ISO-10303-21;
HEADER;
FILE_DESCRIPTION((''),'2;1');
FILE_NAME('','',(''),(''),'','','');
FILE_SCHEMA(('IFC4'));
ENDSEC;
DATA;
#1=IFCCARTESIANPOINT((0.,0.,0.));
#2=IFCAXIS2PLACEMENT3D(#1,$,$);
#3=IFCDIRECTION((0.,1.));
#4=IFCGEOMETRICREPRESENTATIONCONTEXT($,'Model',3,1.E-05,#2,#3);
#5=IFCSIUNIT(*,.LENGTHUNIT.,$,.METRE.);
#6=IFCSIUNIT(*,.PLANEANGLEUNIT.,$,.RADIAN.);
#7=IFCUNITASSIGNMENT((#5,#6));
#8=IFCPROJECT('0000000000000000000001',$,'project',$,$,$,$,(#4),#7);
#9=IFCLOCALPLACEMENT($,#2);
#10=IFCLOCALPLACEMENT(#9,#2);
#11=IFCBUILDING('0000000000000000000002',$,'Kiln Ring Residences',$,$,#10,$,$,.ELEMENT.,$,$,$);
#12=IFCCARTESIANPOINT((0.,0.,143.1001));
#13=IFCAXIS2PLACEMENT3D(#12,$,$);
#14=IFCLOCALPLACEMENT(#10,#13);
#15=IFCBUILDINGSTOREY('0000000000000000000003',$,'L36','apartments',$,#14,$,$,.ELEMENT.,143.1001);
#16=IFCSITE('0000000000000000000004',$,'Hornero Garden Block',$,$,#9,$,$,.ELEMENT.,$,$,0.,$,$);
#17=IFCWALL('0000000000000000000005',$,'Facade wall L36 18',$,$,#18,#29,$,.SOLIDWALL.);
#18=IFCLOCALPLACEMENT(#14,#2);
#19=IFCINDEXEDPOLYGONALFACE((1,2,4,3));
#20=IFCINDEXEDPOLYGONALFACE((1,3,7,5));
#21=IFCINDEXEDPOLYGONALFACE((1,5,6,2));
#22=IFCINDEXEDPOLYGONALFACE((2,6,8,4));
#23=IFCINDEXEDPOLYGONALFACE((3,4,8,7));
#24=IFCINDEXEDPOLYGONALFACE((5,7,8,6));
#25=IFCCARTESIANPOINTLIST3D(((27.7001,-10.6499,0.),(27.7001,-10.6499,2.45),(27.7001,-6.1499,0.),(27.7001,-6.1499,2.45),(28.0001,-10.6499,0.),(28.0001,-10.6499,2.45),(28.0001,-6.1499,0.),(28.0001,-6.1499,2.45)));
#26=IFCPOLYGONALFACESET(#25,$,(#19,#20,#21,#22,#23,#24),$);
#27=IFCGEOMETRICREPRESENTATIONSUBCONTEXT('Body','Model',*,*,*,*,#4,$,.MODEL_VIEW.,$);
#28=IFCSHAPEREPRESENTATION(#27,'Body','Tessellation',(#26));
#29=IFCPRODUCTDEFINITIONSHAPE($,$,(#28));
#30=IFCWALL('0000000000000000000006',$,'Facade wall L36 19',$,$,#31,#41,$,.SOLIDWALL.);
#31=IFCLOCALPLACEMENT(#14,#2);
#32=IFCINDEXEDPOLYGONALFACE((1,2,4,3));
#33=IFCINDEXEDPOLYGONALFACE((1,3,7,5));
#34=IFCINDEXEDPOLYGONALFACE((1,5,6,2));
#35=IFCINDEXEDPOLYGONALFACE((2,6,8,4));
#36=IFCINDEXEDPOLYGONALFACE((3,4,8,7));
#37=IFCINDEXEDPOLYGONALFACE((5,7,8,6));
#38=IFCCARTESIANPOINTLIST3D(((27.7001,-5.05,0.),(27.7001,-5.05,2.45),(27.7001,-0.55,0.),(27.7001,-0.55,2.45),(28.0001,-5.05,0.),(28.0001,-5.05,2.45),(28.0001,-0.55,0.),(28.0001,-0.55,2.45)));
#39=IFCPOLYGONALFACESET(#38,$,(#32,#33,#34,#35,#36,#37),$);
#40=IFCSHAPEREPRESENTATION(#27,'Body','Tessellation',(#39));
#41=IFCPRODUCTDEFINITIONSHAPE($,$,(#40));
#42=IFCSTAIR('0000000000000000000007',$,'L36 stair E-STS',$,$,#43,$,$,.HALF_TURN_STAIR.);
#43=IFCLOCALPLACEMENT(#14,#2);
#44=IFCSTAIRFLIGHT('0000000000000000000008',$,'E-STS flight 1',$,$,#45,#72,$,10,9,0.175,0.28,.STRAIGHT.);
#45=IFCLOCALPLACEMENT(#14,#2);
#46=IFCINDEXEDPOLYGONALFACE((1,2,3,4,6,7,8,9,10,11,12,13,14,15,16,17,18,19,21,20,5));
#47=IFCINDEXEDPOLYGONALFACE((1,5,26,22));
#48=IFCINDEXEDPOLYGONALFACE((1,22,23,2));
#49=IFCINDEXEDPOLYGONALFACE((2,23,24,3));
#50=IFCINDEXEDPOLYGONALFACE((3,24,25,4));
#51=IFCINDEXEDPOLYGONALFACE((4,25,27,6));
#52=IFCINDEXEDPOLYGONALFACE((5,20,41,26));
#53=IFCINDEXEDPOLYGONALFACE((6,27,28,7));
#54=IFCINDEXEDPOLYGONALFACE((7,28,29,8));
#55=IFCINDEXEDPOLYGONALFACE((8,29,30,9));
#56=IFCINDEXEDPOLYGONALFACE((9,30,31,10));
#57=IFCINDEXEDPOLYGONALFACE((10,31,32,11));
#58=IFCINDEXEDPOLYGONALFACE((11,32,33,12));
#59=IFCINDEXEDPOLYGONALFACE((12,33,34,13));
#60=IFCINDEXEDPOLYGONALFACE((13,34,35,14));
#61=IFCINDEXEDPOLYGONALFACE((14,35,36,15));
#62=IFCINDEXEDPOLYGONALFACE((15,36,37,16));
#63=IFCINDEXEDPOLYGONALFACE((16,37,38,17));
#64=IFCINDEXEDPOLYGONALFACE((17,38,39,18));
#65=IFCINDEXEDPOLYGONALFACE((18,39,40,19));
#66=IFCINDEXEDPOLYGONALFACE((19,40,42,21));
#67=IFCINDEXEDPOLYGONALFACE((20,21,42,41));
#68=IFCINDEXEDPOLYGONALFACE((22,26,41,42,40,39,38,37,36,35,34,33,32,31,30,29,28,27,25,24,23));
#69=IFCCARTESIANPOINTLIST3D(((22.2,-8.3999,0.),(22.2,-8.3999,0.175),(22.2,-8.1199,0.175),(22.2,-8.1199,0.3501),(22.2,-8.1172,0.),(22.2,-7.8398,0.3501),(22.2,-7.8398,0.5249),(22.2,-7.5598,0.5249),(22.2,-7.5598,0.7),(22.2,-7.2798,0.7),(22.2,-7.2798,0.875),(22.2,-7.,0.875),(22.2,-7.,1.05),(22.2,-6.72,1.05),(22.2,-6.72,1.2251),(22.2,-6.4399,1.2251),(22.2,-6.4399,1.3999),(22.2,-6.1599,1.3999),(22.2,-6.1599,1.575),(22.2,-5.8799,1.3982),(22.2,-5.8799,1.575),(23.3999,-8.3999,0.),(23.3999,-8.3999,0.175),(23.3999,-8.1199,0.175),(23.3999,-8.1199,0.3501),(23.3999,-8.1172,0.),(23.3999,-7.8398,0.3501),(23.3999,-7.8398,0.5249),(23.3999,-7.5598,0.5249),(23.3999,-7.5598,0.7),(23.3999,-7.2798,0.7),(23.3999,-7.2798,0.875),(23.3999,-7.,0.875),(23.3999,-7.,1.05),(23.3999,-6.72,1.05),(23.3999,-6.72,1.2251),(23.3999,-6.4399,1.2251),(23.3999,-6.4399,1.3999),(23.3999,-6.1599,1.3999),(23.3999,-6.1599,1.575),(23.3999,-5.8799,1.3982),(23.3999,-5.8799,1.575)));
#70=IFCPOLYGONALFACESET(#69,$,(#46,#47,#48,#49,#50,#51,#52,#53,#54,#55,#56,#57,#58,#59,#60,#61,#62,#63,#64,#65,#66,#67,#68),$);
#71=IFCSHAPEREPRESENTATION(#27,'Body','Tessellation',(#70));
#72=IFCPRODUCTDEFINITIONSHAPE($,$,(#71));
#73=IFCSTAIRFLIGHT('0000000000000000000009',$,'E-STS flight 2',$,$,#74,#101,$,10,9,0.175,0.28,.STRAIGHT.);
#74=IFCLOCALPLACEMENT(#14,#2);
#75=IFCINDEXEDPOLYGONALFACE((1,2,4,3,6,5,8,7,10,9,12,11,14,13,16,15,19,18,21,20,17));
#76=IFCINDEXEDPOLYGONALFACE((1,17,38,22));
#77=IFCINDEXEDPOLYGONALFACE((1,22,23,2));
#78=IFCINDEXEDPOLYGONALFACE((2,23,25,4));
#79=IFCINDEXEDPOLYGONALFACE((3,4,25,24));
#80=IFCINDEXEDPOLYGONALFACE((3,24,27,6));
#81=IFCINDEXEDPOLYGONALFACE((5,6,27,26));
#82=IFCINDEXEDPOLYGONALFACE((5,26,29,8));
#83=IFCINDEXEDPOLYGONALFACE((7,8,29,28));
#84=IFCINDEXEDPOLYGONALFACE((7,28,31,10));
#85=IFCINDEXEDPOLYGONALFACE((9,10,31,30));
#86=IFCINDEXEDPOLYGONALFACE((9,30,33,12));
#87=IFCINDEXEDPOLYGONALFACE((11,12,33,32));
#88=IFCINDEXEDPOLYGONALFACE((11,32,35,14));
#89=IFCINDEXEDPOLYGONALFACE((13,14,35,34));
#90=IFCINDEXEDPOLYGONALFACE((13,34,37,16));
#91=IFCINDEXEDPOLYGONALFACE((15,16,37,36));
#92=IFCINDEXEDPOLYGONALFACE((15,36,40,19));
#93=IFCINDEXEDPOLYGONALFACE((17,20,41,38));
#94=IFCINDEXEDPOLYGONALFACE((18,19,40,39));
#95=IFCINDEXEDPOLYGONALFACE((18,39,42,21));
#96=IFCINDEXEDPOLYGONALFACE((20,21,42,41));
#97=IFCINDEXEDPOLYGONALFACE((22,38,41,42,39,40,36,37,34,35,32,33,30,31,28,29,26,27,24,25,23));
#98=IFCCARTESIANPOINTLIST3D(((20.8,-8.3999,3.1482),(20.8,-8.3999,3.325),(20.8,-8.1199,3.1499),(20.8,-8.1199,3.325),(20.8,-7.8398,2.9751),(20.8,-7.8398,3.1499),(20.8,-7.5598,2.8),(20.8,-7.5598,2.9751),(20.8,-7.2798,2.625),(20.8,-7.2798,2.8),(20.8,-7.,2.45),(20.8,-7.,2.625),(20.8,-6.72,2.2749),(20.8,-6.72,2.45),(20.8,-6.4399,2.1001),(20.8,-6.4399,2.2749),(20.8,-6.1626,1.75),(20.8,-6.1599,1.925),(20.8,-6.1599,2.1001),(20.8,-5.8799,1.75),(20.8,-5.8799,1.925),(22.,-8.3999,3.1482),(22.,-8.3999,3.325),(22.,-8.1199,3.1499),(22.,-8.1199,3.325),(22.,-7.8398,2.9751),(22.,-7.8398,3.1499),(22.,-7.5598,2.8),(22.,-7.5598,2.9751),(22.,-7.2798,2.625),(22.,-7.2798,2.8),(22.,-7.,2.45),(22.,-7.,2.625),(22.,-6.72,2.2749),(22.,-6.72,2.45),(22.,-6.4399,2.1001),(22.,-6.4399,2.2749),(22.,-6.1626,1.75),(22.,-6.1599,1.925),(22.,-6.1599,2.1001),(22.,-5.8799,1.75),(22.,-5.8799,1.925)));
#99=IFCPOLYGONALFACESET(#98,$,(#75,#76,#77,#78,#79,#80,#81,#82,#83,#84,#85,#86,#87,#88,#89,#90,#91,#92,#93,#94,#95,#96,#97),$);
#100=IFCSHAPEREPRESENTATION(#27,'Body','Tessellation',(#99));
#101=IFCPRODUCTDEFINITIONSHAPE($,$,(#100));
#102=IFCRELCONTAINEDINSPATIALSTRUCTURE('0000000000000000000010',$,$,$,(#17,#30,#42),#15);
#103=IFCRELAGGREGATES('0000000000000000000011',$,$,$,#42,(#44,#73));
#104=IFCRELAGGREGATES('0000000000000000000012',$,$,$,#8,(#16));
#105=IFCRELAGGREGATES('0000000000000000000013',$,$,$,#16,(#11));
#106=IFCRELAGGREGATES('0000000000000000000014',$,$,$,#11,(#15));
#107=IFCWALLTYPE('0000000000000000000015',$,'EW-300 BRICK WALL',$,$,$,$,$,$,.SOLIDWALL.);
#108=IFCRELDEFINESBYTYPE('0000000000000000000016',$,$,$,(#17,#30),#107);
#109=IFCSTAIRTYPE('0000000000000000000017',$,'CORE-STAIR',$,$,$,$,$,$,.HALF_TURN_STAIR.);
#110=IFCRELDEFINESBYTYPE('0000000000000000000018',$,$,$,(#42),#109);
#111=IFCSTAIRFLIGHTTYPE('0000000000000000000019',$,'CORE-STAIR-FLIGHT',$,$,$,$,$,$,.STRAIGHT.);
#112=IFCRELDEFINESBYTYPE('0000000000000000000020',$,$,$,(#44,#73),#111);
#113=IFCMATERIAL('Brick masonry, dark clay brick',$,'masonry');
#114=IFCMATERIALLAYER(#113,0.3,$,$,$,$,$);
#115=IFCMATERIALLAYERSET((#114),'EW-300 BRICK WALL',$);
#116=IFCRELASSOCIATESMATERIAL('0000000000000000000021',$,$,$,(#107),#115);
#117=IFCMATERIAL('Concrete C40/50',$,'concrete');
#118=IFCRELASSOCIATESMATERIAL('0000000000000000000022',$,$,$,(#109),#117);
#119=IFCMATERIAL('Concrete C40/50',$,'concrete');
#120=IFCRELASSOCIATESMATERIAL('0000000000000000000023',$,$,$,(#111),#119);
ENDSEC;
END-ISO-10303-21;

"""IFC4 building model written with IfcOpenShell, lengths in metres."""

from ifc_helpers import new_model, si_unit, direction, frame, frame_2d, origin, place, context, subcontext, project, spatial, polyline, rectangle, outline, extrude, material, layer, layer_set, type_object, element, aggregate, save


model = new_model("IFC4")

# Units and contexts
model_context = context("Model", 3, precision=1e-05, world=origin(), true_north=direction((0.0, 1.0)))
body_context = subcontext(model_context, "Body", "Model", "MODEL_VIEW")
ifc_project = project(units=[si_unit("LENGTHUNIT", "METRE"), si_unit("PLANEANGLEUNIT", "RADIAN")], contexts=[model_context])

# Site, building, storey
site_placement = place(None, origin())
site = spatial("IfcSite", under=ifc_project, at=site_placement, Name="Hornero Garden Block", CompositionType="ELEMENT", RefElevation=0.0)
building_placement = place(site_placement, origin())
building = spatial("IfcBuilding", under=site, at=building_placement, Name="Kiln Ring Residences", CompositionType="ELEMENT")
storey_placement = place(building_placement, frame((0.0, 0.0, 143.1001)))
storey = spatial("IfcBuildingStorey", under=building, at=storey_placement, Name="L36", Description="apartments", CompositionType="ELEMENT", Elevation=143.1001)

# Walls
ifc_material_1 = material(Name="Brick masonry, dark clay brick", Category="masonry")
ifc_layer_1 = layer(ifc_material_1, 0.3)
ifc_layer_set_1 = layer_set([ifc_layer_1], Name="EW-300 BRICK WALL")
wall_type_1 = type_object("IfcWallType", Name="EW-300 BRICK WALL", PredefinedType="SOLIDWALL", material=ifc_layer_set_1)
for number, where, z_axis, x_axis, name in (
    (1, (27.8501, -10.6499, 0.0), (0.0, 0.0, 1.0), (0.0, 1.0, 0.0), "Facade wall L36 18"),
    (2, (27.8501, -5.05, 0.0), (0.0, 0.0, 1.0), (0.0, 1.0, 0.0), "Facade wall L36 19"),
):
    element("IfcWall", number, at=place(storey_placement, frame(where, z_axis=z_axis, x_axis=x_axis)), inside=storey, type_object=wall_type_1, Name=name, PredefinedType="SOLIDWALL", context=body_context, shape_type="SweptSolid", body=[
        extrude(rectangle(XDim=4.5, YDim=0.3, at=frame_2d((2.25, 0.0))), origin(), (0.0, 0.0, 1.0), 2.45),
    ])

# Stair, stair flights
ifc_material_2 = material(Name="Concrete C40/50", Category="concrete")
stair_type = type_object("IfcStairType", Name="CORE-STAIR", PredefinedType="HALF_TURN_STAIR", material=ifc_material_2)
stair_placement = place(storey_placement, origin())
stair = element("IfcStair", 3, at=stair_placement, inside=storey, type_object=stair_type, Name="L36 stair E-STS", PredefinedType="HALF_TURN_STAIR")
ifc_material_3 = material(Name="Concrete C40/50", Category="concrete")
stair_flight_type = type_object("IfcStairFlightType", Name="CORE-STAIR-FLIGHT", PredefinedType="STRAIGHT", material=ifc_material_3)
stair_flight_1_placement = place(storey_placement, frame((22.8, -8.3999, 0.0), z_axis=(0.0, 0.0, 1.0), x_axis=(0.0, 1.0, 0.0)))
stair_flight_1 = element("IfcStairFlight", 4, at=stair_flight_1_placement, type_object=stair_flight_type, Name="E-STS flight 1", NumberOfRisers=10, NumberOfTreads=9, PredefinedType="STRAIGHT", RiserHeight=0.175, TreadLength=0.28, context=body_context, shape_type="SweptSolid", body=[
    extrude(outline(polyline([(0.0, 0.0), (0.0, 0.175), (0.28, 0.175), (0.28, 0.3501), (0.5601, 0.3501), (0.5601, 0.5249), (0.8401, 0.5249), (0.8401, 0.7), (1.1201, 0.7), (1.1201, 0.875), (1.3999, 0.875), (1.3999, 1.05), (1.6799, 1.05), (1.6799, 1.2251), (1.96, 1.2251), (1.96, 1.3999), (2.24, 1.3999), (2.24, 1.575), (2.52, 1.575), (2.52, 1.75), (2.52, 1.3982), (0.2827, 0.0), (0.0, 0.0)])), frame((0.0, 0.6001, 0.0), z_axis=(0.0, -1.0, 0.0), x_axis=(1.0, 0.0, 0.0)), (0.0, 0.0, 1.0), 1.2),
])
stair_flight_2_placement = place(storey_placement, frame((21.3999, -5.8799, 1.75), z_axis=(0.0, 0.0, 1.0), x_axis=(0.0, -1.0, 0.0)))
stair_flight_2 = element("IfcStairFlight", 5, at=stair_flight_2_placement, type_object=stair_flight_type, Name="E-STS flight 2", NumberOfRisers=10, NumberOfTreads=9, PredefinedType="STRAIGHT", RiserHeight=0.175, TreadLength=0.28, context=body_context, shape_type="SweptSolid", body=[
    extrude(outline(polyline([(0.0, 0.0), (0.0, 0.175), (0.28, 0.175), (0.28, 0.3501), (0.5601, 0.3501), (0.5601, 0.5249), (0.8401, 0.5249), (0.8401, 0.7), (1.1201, 0.7), (1.1201, 0.875), (1.3999, 0.875), (1.3999, 1.05), (1.6799, 1.05), (1.6799, 1.2251), (1.96, 1.2251), (1.96, 1.3999), (2.24, 1.3999), (2.24, 1.575), (2.52, 1.575), (2.52, 1.75), (2.52, 1.3982), (0.2827, 0.0), (0.0, 0.0)])), frame((0.0, 0.6001, 0.0), z_axis=(0.0, -1.0, 0.0), x_axis=(1.0, 0.0, 0.0)), (0.0, 0.0, 1.0), 1.2),
])
aggregate(stair, [stair_flight_1, stair_flight_2])

save(model, "model.ifc")
